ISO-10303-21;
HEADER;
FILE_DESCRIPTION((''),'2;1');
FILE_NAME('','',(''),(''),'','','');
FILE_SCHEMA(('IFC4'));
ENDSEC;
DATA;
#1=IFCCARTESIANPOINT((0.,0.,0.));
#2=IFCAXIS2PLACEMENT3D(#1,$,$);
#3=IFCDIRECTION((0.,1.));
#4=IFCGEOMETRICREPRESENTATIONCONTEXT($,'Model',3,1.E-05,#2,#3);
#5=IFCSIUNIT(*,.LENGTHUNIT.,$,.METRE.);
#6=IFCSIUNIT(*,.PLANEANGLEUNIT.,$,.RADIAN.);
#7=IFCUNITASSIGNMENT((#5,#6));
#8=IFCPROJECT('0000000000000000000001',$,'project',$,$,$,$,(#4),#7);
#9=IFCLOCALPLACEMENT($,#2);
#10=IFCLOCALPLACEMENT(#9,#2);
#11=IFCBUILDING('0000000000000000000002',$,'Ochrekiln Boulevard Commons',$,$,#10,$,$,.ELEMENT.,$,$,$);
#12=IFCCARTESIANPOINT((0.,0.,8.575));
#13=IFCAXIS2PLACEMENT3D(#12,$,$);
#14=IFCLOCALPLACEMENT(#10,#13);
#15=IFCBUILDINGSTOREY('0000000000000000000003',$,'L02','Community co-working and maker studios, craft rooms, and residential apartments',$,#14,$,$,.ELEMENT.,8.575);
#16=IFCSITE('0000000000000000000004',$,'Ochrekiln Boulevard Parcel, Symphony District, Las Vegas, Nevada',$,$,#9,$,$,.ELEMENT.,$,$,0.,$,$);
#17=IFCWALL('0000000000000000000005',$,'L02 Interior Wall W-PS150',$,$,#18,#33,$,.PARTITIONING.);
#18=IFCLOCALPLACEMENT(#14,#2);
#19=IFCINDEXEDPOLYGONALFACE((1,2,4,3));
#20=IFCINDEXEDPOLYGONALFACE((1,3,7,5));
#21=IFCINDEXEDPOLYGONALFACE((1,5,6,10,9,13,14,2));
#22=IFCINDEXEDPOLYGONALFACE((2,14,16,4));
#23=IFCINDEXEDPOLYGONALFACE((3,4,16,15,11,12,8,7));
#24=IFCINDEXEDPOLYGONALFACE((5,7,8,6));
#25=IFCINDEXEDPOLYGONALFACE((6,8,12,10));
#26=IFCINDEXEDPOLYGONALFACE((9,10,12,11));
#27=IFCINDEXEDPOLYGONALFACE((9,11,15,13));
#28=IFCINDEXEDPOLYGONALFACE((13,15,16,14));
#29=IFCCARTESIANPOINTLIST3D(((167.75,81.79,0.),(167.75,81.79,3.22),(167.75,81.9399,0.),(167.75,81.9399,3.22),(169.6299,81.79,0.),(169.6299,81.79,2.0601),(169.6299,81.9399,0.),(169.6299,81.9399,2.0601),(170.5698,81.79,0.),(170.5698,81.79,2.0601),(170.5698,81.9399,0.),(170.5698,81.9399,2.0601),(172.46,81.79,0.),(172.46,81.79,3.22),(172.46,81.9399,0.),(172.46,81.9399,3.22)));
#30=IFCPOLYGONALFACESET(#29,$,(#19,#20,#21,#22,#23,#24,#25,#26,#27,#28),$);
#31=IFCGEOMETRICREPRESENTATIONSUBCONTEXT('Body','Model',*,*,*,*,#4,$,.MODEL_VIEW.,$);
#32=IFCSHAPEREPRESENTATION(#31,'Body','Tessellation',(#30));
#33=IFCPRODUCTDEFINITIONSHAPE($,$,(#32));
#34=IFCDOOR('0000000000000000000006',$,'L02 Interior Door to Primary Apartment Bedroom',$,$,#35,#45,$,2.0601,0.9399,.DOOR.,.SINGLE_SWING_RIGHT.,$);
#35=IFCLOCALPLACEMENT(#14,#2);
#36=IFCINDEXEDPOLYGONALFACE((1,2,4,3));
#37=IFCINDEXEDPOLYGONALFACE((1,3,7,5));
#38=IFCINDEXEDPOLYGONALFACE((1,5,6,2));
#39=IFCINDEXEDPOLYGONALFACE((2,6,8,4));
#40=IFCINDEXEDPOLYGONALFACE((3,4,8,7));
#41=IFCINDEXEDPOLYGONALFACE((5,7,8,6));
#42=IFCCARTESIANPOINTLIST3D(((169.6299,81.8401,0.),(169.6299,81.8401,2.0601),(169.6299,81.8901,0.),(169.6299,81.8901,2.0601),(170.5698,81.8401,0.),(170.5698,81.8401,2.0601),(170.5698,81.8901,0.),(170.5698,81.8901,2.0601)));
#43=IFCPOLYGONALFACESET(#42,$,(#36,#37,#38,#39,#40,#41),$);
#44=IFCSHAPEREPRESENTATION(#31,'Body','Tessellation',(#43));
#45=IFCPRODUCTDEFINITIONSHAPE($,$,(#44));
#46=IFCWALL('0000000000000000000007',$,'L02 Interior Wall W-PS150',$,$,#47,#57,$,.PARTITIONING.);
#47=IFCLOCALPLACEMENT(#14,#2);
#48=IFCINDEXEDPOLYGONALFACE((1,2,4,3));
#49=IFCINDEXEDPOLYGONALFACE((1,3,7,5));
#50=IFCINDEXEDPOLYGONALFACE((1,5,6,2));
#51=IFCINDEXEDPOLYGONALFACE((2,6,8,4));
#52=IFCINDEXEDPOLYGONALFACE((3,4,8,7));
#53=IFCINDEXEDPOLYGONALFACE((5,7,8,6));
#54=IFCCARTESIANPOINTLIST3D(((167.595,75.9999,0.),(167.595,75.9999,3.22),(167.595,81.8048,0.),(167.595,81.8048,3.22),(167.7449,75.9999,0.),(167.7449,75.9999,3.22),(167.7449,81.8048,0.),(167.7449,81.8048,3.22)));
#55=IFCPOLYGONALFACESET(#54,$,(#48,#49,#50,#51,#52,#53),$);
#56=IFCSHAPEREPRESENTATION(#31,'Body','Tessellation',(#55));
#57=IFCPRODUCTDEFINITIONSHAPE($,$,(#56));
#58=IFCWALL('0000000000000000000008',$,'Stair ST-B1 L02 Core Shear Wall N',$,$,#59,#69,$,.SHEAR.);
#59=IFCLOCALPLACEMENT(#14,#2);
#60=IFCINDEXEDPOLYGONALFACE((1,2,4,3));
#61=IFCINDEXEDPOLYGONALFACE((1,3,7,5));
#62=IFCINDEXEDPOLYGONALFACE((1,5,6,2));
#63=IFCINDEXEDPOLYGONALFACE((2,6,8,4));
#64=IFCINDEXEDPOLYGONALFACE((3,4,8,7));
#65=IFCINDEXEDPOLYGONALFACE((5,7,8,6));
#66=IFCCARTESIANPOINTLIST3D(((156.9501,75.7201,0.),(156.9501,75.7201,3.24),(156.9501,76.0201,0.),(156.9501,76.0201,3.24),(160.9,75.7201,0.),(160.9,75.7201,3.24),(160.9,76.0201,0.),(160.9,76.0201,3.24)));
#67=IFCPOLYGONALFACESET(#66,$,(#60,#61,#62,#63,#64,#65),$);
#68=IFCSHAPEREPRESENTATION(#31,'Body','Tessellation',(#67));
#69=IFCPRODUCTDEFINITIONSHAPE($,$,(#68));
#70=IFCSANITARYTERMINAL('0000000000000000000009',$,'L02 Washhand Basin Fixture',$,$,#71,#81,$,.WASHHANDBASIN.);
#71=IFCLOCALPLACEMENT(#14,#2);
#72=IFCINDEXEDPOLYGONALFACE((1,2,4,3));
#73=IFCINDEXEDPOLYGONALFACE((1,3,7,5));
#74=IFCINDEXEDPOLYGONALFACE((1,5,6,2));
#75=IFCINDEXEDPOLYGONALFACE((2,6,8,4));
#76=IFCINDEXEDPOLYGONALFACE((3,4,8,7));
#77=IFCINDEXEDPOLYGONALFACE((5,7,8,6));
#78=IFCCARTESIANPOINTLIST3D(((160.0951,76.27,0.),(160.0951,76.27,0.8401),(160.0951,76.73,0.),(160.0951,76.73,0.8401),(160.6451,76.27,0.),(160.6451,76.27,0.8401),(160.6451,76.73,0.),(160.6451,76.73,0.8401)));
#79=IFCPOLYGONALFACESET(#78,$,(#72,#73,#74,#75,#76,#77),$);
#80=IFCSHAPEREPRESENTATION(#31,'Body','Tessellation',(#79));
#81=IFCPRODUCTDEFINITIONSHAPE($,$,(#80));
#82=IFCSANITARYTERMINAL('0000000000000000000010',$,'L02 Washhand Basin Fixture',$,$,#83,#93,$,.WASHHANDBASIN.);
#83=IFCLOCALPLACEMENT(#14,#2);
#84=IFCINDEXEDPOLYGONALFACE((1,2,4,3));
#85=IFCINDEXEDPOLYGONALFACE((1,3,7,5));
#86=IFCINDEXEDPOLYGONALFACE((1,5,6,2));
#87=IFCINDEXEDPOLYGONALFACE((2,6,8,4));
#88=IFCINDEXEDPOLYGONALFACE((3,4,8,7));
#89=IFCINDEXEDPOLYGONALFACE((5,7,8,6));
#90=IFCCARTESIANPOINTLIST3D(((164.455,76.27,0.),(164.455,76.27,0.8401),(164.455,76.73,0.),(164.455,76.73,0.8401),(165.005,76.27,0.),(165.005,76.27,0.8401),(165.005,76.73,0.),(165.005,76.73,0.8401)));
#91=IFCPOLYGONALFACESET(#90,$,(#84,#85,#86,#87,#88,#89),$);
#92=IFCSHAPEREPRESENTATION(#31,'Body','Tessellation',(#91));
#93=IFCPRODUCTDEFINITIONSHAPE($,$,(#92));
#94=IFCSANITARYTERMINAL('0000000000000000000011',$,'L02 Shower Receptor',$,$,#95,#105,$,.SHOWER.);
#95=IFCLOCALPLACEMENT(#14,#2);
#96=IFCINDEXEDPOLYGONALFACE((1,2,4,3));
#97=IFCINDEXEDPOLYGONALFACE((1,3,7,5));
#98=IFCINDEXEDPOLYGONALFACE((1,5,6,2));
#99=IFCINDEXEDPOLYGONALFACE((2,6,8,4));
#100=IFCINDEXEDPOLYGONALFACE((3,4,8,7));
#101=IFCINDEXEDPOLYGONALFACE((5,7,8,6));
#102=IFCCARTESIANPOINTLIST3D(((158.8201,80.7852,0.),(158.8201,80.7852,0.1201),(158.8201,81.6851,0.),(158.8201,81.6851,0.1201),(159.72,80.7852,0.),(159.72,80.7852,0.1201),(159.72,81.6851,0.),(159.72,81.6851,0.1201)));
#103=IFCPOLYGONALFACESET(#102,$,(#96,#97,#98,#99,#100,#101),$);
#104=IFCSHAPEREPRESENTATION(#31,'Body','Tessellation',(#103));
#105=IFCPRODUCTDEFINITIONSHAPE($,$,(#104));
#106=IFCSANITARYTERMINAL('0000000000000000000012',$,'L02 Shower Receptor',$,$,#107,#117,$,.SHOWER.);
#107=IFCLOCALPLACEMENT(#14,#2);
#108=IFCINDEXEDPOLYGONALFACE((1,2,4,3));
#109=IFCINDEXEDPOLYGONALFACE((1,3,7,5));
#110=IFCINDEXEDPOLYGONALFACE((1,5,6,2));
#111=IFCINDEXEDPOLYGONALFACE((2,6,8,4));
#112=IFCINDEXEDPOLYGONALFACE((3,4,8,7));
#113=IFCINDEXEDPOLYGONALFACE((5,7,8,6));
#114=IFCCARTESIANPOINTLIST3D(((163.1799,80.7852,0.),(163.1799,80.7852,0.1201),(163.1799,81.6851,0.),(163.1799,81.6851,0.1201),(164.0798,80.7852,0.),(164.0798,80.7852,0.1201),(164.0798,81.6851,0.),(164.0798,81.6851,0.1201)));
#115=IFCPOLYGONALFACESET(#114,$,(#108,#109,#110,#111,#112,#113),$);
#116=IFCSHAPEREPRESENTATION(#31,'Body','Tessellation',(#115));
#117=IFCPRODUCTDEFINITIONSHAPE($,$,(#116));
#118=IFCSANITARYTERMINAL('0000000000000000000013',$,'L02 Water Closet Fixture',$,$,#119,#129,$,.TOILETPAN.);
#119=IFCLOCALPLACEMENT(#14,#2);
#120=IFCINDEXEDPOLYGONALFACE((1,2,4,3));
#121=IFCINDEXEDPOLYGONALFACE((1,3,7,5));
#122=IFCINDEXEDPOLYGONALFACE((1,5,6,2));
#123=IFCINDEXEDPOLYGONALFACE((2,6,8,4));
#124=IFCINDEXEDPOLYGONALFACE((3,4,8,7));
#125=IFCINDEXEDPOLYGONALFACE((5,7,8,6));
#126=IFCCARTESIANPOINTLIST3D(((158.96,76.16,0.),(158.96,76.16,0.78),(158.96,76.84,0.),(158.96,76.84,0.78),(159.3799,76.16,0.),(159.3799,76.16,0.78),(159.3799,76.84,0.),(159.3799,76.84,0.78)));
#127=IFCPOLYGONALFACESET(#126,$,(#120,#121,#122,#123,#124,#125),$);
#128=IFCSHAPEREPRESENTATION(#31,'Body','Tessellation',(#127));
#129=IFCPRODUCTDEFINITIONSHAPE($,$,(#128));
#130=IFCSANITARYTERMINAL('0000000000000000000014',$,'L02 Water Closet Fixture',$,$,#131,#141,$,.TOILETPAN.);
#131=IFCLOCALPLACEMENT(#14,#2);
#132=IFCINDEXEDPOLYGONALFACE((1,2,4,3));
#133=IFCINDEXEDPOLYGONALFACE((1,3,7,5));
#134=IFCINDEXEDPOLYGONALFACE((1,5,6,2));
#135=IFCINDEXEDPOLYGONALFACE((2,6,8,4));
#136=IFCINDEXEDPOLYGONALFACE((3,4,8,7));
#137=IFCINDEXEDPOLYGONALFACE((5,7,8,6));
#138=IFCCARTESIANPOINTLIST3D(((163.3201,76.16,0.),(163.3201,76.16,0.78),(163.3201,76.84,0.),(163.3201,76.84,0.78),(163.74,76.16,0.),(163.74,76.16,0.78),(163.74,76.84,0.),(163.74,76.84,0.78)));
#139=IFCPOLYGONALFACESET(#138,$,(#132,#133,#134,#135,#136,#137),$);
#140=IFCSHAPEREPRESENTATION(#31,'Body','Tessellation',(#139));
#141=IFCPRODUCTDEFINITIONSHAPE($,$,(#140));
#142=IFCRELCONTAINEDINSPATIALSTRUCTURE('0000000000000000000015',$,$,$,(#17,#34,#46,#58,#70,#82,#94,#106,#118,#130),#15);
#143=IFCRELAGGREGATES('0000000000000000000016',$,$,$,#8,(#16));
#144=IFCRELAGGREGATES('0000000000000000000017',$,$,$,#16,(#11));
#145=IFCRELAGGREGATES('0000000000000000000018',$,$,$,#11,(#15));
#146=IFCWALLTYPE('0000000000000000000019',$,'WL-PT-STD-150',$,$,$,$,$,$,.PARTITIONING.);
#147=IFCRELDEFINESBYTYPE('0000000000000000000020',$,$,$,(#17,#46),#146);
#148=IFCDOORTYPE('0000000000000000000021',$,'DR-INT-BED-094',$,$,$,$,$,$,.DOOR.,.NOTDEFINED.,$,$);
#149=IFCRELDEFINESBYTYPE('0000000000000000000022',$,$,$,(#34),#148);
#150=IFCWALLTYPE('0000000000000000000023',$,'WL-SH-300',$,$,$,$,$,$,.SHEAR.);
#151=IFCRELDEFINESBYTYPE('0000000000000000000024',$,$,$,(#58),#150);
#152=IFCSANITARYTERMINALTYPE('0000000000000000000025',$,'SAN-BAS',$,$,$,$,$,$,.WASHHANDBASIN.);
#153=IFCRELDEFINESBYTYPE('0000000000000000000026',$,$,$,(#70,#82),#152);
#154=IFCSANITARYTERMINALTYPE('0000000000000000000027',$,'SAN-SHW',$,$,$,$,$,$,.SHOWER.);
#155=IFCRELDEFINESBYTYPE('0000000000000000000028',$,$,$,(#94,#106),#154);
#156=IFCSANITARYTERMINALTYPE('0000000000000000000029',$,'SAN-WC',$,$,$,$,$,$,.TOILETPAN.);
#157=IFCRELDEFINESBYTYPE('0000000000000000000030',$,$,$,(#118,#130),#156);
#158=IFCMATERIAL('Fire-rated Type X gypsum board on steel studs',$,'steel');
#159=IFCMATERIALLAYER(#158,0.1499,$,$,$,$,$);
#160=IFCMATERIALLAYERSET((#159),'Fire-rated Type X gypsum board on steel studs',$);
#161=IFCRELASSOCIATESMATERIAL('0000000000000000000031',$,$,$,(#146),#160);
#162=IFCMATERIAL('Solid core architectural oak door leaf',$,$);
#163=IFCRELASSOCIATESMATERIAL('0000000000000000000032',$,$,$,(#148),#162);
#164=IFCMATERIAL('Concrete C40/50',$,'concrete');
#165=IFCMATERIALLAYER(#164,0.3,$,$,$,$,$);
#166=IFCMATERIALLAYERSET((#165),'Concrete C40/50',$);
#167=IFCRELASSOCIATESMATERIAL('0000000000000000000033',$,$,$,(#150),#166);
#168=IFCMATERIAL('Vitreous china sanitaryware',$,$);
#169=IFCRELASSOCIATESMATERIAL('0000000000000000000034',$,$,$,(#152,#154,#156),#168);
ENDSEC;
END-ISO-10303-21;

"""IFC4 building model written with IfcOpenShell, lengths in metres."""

from ifc_helpers import new_model, si_unit, direction, frame, frame_2d, origin, origin_2d, place, context, subcontext, project, spatial, rectangle, extrude, material, layer, layer_set, type_object, element, fill, save


model = new_model("IFC4")

# Units and contexts
model_context = context("Model", 3, precision=1e-05, world=origin(), true_north=direction((0.0, 1.0)))
body_context = subcontext(model_context, "Body", "Model", "MODEL_VIEW")
ifc_project = project(units=[si_unit("LENGTHUNIT", "METRE"), si_unit("PLANEANGLEUNIT", "RADIAN")], contexts=[model_context])

# Site, building, storey
site_placement = place(None, origin())
site = spatial("IfcSite", under=ifc_project, at=site_placement, Name="Ochrekiln Boulevard Parcel, Symphony District, Las Vegas, Nevada", CompositionType="ELEMENT", RefElevation=0.0)
building_placement = place(site_placement, origin())
building = spatial("IfcBuilding", under=site, at=building_placement, Name="Ochrekiln Boulevard Commons", CompositionType="ELEMENT")
storey_placement = place(building_placement, frame((0.0, 0.0, 8.575)))
storey = spatial("IfcBuildingStorey", under=building, at=storey_placement, Name="L02", Description="Community co-working and maker studios, craft rooms, and residential apartments", CompositionType="ELEMENT", Elevation=8.575)

# Shared definitions
ifc_material_1 = material(Name="Concrete C40/50", Category="concrete")

# Shared definitions
ifc_material_2 = material(Name="Solid core architectural oak door leaf")

# Wall, opening, door
ifc_material_3 = material(Name="Fire-rated Type X gypsum board on steel studs", Category="steel")
ifc_layer_1 = layer(ifc_material_3, 0.1499)
ifc_layer_set_1 = layer_set([ifc_layer_1], Name="Fire-rated Type X gypsum board on steel studs")
wall_type_1 = type_object("IfcWallType", Name="WL-PT-STD-150", PredefinedType="PARTITIONING", material=ifc_layer_set_1)
wall_1_placement = place(storey_placement, frame((167.75, 81.865, 0.0), z_axis=(0.0, 0.0, 1.0), x_axis=(1.0, 0.0, 0.0)))
wall_1 = element("IfcWall", 1, at=wall_1_placement, inside=storey, type_object=wall_type_1, Name="L02 Interior Wall W-PS150", PredefinedType="PARTITIONING", context=body_context, shape_type="SweptSolid", body=[
    extrude(rectangle(XDim=4.71, YDim=0.1499, at=frame_2d((2.355, 0.0))), origin(), (0.0, 0.0, 1.0), 3.22),
])
opening_1_placement = place(wall_1_placement, frame((1.8799, 0.0, 0.0)))
opening_1 = element("IfcOpeningElement", 2, at=opening_1_placement, cuts=wall_1, PredefinedType="OPENING", context=body_context, shape_type="SweptSolid", body=[
    extrude(rectangle(XDim=0.9399, YDim=2.0601, at=frame_2d((0.47, 1.03))), frame((0.0, 0.085, 0.0), z_axis=(0.0, -1.0, 0.0), x_axis=(1.0, 0.0, 0.0)), (0.0, 0.0, 1.0), 0.1699),
])
door_type_1 = type_object("IfcDoorType", Name="DR-INT-BED-094", OperationType="NOTDEFINED", PredefinedType="DOOR", material=ifc_material_2)
door_1_placement = place(opening_1_placement, frame((0.9399, 0.0, 0.0), z_axis=(0.0, 0.0, 1.0), x_axis=(-1.0, 0.0, 0.0)))
door_1 = element("IfcDoor", 3, at=door_1_placement, inside=storey, type_object=door_type_1, Name="L02 Interior Door to Primary Apartment Bedroom", OperationType="SINGLE_SWING_RIGHT", OverallHeight=2.0601, OverallWidth=0.9399, PredefinedType="DOOR", context=body_context, shape_type="SweptSolid", body=[
    extrude(rectangle(XDim=0.9399, YDim=2.0601, at=frame_2d((0.47, 1.03))), frame((0.0, 0.0249, 0.0), z_axis=(0.0, -1.0, 0.0), x_axis=(1.0, 0.0, 0.0)), (0.0, 0.0, 1.0), 0.05),
])
fill(opening_1, door_1)

# Walls
wall_2_placement = place(storey_placement, frame((167.6699, 76.0, 0.0), z_axis=(0.0, 0.0, 1.0), x_axis=(0.0, 1.0, 0.0)))
element("IfcWall", 4, at=wall_2_placement, inside=storey, type_object=wall_type_1, Name="L02 Interior Wall W-PS150", PredefinedType="PARTITIONING", context=body_context, shape_type="SweptSolid", body=[
    extrude(rectangle(XDim=5.8049, YDim=0.1499, at=frame_2d((2.9023, 0.0))), origin(), (0.0, 0.0, 1.0), 3.22),
])
ifc_layer_2 = layer(ifc_material_1, 0.3)
ifc_layer_set_2 = layer_set([ifc_layer_2], Name="Concrete C40/50")
wall_type_2 = type_object("IfcWallType", Name="WL-SH-300", PredefinedType="SHEAR", material=ifc_layer_set_2)
wall_3_placement = place(storey_placement, frame((156.95, 75.8701, 0.0), z_axis=(0.0, 0.0, 1.0), x_axis=(1.0, 0.0, 0.0)))
element("IfcWall", 5, at=wall_3_placement, inside=storey, type_object=wall_type_2, Name="Stair ST-B1 L02 Core Shear Wall N", PredefinedType="SHEAR", context=body_context, shape_type="SweptSolid", body=[
    extrude(rectangle(XDim=3.95, YDim=0.3, at=frame_2d((1.9751, 0.0))), origin(), (0.0, 0.0, 1.0), 3.24),
])

# Sanitary terminals
ifc_material_4 = material(Name="Vitreous china sanitaryware")
sanitary_terminal_type_1 = type_object("IfcSanitaryTerminalType", Name="SAN-BAS", PredefinedType="WASHHANDBASIN", material=ifc_material_4)
for number, where, z_axis, x_axis, name in (
    (6, (160.3701, 76.5, 0.0), (0.0, 0.0, 1.0), (1.0, 0.0, 0.0), "L02 Washhand Basin Fixture"),
    (7, (164.73, 76.5, 0.0), (0.0, 0.0, 1.0), (1.0, 0.0, 0.0), "L02 Washhand Basin Fixture"),
):
    element("IfcSanitaryTerminal", number, at=place(storey_placement, frame(where, z_axis=z_axis, x_axis=x_axis)), inside=storey, type_object=sanitary_terminal_type_1, Name=name, PredefinedType="WASHHANDBASIN", context=body_context, shape_type="SweptSolid", body=[
        extrude(rectangle(XDim=0.55, YDim=0.46, at=origin_2d()), origin(), (0.0, 0.0, 1.0), 0.8401),
    ])
sanitary_terminal_type_2 = type_object("IfcSanitaryTerminalType", Name="SAN-SHW", PredefinedType="SHOWER", material=ifc_material_4)
for number, where, z_axis, x_axis, name in (
    (8, (159.27, 81.2351, 0.0), (0.0, 0.0, 1.0), (1.0, 0.0, 0.0), "L02 Shower Receptor"),
    (9, (163.6299, 81.2351, 0.0), (0.0, 0.0, 1.0), (1.0, 0.0, 0.0), "L02 Shower Receptor"),
):
    element("IfcSanitaryTerminal", number, at=place(storey_placement, frame(where, z_axis=z_axis, x_axis=x_axis)), inside=storey, type_object=sanitary_terminal_type_2, Name=name, PredefinedType="SHOWER", context=body_context, shape_type="SweptSolid", body=[
        extrude(rectangle(XDim=0.8999, YDim=0.8999, at=origin_2d()), origin(), (0.0, 0.0, 1.0), 0.1201),
    ])
sanitary_terminal_type_3 = type_object("IfcSanitaryTerminalType", Name="SAN-WC", PredefinedType="TOILETPAN", material=ifc_material_4)
for number, where, z_axis, x_axis, name in (
    (10, (159.1699, 76.5, 0.0), (0.0, 0.0, 1.0), (1.0, 0.0, 0.0), "L02 Water Closet Fixture"),
    (11, (163.53, 76.5, 0.0), (0.0, 0.0, 1.0), (1.0, 0.0, 0.0), "L02 Water Closet Fixture"),
):
    element("IfcSanitaryTerminal", number, at=place(storey_placement, frame(where, z_axis=z_axis, x_axis=x_axis)), inside=storey, type_object=sanitary_terminal_type_3, Name=name, PredefinedType="TOILETPAN", context=body_context, shape_type="SweptSolid", body=[
        extrude(rectangle(XDim=0.4199, YDim=0.6799, at=origin_2d()), origin(), (0.0, 0.0, 1.0), 0.78),
    ])

save(model, "model.ifc")
